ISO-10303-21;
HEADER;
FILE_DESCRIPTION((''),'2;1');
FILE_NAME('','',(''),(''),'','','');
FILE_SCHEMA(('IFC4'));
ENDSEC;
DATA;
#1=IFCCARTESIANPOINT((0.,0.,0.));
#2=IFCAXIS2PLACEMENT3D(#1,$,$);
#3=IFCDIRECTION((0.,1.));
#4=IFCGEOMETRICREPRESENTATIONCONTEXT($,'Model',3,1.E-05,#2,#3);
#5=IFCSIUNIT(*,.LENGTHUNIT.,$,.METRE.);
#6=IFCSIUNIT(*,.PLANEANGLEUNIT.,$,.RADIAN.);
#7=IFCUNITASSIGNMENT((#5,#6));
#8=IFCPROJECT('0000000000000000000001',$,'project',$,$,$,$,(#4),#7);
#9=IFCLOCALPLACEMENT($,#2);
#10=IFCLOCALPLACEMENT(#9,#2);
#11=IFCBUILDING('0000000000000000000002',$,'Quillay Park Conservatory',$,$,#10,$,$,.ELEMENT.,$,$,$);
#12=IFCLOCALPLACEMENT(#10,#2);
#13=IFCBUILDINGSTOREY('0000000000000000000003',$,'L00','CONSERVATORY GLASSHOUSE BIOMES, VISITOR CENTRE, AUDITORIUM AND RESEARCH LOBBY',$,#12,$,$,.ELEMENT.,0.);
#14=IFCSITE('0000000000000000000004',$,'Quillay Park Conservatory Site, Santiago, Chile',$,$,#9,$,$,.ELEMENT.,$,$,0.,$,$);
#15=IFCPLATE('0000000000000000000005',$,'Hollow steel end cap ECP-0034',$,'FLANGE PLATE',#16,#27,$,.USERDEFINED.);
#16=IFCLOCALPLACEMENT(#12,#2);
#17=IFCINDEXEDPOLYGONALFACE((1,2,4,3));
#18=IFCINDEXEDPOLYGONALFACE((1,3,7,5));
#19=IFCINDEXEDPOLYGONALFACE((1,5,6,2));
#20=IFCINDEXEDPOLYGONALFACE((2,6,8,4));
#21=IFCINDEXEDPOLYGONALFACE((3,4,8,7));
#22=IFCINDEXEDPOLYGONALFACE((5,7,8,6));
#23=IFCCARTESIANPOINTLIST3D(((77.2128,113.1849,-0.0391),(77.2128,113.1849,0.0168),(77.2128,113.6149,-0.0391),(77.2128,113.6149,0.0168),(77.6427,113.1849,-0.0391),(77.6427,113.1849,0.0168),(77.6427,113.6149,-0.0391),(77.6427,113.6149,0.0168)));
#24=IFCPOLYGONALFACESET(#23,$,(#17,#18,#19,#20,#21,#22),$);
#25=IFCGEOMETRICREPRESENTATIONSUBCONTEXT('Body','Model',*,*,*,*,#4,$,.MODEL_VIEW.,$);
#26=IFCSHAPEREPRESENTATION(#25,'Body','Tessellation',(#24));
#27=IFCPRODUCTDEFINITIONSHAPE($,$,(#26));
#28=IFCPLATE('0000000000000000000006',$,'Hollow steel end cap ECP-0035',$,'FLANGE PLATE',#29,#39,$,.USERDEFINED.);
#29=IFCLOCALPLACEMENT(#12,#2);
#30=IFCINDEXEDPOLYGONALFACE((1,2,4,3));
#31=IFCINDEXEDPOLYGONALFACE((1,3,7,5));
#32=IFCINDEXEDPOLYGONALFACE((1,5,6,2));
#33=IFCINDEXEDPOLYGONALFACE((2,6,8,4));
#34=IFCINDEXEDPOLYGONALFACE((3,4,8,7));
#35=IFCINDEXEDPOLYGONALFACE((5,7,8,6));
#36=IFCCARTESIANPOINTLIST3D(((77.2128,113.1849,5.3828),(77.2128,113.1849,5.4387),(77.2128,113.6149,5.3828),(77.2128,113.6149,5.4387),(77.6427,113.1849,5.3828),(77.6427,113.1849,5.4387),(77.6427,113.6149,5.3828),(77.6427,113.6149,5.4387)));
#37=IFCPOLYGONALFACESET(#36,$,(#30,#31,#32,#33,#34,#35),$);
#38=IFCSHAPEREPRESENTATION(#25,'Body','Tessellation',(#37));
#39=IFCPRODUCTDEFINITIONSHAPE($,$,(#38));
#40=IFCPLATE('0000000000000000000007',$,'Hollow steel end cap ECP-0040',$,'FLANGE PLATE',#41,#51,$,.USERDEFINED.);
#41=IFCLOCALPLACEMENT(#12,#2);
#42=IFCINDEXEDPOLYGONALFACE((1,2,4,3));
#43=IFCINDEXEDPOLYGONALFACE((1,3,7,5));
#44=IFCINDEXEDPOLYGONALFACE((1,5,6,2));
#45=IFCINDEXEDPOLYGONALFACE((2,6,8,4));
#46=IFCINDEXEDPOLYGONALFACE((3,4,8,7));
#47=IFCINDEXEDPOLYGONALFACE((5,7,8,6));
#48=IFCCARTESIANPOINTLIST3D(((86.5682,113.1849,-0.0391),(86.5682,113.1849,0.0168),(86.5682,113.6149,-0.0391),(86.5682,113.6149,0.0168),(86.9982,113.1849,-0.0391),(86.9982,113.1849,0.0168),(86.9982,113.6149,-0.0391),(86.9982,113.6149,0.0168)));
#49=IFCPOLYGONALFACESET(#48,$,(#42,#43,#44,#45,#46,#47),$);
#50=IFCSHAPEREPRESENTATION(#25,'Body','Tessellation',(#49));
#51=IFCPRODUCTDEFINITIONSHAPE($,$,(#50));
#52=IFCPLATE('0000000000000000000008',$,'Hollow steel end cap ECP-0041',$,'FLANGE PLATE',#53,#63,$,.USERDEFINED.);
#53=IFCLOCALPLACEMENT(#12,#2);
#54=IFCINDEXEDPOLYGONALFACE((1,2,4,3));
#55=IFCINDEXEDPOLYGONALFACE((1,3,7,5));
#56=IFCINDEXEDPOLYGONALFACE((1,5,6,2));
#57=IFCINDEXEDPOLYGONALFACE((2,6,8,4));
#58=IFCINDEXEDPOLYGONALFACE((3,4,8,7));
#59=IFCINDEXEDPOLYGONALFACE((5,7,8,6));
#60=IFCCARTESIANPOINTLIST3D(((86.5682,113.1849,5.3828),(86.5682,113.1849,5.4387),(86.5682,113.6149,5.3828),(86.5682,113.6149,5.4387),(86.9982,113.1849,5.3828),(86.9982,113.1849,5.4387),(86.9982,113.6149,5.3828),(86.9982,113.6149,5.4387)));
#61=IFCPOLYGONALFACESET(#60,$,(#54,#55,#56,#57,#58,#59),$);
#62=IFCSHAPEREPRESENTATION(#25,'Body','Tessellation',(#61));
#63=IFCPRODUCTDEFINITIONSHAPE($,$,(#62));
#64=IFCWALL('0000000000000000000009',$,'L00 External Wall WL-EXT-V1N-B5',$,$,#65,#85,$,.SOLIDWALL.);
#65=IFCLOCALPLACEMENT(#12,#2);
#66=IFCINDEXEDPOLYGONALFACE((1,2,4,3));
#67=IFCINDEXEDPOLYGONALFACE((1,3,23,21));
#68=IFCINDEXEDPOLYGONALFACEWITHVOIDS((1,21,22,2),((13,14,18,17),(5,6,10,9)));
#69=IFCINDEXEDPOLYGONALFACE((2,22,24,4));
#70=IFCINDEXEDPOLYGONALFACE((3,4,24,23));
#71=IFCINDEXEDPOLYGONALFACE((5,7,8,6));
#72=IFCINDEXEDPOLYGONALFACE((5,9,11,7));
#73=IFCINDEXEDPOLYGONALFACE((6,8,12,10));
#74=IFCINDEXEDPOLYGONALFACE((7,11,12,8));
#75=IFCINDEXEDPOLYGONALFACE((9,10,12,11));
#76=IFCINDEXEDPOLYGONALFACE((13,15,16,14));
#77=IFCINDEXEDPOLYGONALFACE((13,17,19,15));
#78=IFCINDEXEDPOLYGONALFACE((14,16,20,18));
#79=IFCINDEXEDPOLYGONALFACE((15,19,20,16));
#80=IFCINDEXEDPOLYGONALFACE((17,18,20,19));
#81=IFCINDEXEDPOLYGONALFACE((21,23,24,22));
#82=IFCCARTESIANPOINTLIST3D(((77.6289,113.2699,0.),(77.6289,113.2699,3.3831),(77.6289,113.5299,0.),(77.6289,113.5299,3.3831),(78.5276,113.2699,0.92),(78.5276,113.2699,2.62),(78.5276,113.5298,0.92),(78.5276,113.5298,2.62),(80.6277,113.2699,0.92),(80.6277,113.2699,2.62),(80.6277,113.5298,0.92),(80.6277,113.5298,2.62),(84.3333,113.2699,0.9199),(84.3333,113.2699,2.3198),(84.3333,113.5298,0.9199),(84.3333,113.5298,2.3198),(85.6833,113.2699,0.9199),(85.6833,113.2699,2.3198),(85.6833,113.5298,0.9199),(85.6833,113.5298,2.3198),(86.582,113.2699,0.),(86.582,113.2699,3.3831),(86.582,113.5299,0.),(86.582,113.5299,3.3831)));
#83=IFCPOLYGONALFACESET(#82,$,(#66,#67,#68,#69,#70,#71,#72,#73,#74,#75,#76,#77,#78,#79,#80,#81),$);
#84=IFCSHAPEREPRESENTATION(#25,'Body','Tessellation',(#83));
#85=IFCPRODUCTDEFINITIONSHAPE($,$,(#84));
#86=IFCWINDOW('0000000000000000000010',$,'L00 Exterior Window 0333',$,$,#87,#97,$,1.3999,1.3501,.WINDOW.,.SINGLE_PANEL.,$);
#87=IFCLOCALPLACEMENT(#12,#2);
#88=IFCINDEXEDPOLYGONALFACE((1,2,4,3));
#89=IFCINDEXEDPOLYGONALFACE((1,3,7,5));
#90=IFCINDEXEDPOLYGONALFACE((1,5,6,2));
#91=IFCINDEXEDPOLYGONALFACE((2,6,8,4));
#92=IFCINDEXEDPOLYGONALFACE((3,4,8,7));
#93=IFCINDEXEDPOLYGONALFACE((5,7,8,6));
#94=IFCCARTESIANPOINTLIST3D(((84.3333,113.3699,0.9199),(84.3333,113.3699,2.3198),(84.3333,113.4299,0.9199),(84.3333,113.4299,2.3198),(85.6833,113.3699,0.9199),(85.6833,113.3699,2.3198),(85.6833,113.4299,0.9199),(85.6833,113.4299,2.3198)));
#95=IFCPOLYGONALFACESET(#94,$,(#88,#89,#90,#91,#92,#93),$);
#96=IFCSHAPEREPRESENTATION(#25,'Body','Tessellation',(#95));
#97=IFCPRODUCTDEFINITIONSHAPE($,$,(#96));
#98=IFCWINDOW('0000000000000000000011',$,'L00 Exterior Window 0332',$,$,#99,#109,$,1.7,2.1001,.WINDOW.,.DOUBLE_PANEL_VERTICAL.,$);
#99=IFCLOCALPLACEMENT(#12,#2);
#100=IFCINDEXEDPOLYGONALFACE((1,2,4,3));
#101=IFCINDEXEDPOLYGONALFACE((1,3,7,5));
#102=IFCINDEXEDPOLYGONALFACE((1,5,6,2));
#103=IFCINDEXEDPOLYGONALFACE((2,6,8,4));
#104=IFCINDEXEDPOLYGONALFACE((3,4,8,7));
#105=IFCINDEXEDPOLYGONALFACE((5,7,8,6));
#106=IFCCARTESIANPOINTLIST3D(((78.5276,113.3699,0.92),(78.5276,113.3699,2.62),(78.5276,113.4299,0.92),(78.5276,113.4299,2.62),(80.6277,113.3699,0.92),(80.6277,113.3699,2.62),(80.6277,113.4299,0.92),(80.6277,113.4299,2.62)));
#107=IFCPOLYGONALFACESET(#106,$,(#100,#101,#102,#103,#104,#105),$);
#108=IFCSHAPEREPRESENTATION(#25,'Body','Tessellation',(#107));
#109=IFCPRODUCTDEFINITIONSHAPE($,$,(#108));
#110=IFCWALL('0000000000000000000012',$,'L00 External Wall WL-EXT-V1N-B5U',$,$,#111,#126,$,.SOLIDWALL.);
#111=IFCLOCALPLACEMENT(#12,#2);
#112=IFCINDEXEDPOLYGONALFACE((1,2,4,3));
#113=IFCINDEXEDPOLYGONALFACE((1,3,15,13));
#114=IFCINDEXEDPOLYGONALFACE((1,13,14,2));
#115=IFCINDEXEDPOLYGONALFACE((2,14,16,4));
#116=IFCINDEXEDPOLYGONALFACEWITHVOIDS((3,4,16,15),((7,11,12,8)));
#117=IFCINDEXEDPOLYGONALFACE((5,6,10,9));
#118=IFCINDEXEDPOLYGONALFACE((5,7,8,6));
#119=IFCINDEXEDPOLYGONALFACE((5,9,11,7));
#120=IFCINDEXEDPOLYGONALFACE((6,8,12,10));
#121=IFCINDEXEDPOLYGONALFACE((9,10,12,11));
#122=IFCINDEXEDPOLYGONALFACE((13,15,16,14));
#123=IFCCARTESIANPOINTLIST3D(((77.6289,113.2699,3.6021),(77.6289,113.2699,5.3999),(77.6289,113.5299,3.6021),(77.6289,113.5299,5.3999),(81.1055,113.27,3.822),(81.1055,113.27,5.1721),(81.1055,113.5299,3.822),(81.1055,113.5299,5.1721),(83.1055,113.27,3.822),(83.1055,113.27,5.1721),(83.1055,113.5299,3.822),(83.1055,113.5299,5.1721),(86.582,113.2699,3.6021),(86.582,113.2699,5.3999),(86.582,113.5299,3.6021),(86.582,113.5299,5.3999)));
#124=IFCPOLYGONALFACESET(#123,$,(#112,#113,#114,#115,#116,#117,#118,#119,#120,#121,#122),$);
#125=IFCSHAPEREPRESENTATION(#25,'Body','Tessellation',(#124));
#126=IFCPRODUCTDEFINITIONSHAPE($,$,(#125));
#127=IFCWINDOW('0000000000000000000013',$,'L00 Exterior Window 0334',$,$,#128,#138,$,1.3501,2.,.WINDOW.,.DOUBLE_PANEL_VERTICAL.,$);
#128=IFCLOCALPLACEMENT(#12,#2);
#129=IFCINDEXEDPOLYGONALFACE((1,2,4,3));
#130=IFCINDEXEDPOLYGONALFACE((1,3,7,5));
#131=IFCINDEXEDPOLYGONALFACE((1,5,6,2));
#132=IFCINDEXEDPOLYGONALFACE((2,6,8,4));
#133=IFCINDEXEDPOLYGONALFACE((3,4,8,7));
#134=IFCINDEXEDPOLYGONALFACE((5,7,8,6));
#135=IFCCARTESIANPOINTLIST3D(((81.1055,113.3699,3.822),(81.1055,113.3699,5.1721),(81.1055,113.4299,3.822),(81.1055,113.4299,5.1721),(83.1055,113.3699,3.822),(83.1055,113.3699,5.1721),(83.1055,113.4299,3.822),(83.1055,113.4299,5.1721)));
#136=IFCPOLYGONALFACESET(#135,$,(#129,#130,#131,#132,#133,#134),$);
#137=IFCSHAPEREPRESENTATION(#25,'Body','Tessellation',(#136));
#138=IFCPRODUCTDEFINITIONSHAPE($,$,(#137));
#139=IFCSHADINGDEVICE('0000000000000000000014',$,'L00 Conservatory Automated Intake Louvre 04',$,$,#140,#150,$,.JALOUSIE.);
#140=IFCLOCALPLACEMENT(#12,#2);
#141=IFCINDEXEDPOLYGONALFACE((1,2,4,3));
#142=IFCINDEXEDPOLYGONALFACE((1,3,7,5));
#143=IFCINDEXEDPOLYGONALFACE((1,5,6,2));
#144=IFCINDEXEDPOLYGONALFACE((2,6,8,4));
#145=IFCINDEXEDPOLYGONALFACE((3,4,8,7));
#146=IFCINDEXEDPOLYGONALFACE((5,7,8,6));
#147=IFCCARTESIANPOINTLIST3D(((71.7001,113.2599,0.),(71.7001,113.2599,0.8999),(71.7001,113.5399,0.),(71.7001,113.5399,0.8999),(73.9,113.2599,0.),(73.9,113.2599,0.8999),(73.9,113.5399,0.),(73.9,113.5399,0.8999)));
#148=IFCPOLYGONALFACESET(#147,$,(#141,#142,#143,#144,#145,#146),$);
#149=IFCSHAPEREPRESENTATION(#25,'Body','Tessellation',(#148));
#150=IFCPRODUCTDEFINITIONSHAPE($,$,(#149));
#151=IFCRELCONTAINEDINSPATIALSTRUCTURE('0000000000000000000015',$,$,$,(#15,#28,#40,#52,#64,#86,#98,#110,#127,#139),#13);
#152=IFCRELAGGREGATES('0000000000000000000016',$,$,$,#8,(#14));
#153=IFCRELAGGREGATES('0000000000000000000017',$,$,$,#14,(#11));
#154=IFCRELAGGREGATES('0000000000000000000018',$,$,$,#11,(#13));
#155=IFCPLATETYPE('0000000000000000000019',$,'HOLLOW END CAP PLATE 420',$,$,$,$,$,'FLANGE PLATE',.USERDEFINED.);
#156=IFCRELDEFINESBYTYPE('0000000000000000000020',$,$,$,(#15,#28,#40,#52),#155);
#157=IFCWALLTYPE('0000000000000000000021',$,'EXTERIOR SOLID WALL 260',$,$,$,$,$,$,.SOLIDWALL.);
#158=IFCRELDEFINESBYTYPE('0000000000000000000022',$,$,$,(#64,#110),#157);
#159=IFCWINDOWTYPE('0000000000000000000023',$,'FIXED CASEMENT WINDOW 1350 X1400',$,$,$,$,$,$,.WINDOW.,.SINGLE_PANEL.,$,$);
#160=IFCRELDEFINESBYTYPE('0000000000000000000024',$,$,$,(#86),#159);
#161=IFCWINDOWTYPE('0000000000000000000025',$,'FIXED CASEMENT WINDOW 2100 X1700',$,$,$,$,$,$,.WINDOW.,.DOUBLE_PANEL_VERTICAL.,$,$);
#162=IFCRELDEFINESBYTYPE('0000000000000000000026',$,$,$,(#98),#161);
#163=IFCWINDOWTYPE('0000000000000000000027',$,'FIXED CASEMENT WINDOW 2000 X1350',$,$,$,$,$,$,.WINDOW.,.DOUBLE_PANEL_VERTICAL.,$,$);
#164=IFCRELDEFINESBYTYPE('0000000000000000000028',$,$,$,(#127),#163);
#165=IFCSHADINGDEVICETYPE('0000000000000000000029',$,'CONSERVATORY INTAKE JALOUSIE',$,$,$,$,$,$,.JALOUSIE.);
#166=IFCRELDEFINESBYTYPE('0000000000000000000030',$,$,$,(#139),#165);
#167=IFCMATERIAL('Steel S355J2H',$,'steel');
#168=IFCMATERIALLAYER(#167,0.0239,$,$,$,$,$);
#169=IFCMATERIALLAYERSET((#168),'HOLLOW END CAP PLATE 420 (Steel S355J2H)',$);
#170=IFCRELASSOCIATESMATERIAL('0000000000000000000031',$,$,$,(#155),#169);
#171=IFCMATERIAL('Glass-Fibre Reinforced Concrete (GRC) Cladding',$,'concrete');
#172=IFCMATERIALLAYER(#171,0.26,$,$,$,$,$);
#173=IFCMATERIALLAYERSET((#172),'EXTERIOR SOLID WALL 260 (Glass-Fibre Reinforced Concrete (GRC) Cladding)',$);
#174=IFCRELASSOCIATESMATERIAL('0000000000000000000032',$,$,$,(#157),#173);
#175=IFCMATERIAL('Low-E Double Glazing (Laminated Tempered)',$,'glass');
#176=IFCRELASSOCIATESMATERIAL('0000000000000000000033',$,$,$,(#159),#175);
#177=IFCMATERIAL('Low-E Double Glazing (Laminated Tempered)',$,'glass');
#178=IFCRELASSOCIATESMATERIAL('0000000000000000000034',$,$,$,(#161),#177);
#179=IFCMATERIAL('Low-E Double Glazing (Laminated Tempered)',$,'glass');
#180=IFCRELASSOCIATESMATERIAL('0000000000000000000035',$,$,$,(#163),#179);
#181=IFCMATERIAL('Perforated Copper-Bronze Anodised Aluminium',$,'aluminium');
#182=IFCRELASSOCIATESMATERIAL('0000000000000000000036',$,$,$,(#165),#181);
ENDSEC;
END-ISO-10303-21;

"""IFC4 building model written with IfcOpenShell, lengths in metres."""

from ifc_helpers import new_model, si_unit, direction, frame, frame_2d, origin, origin_2d, place, context, subcontext, project, spatial, rectangle, extrude, material, layer, layer_set, type_object, element, fill, save


model = new_model("IFC4")

# Units and contexts
model_context = context("Model", 3, precision=1e-05, world=origin(), true_north=direction((0.0, 1.0)))
body_context = subcontext(model_context, "Body", "Model", "MODEL_VIEW")
ifc_project = project(units=[si_unit("LENGTHUNIT", "METRE"), si_unit("PLANEANGLEUNIT", "RADIAN")], contexts=[model_context])

# Site, building, storey
site_placement = place(None, origin())
site = spatial("IfcSite", under=ifc_project, at=site_placement, Name="Quillay Park Conservatory Site, Santiago, Chile", CompositionType="ELEMENT", RefElevation=0.0)
building_placement = place(site_placement, origin())
building = spatial("IfcBuilding", under=site, at=building_placement, Name="Quillay Park Conservatory", CompositionType="ELEMENT")
storey_placement = place(building_placement, origin())
storey = spatial("IfcBuildingStorey", under=building, at=storey_placement, Name="L00", Description="CONSERVATORY GLASSHOUSE BIOMES, VISITOR CENTRE, AUDITORIUM AND RESEARCH LOBBY", CompositionType="ELEMENT", Elevation=0.0)

# Plates
ifc_material_1 = material(Name="Steel S355J2H", Category="steel")
ifc_layer_1 = layer(ifc_material_1, 0.0239)
ifc_layer_set_1 = layer_set([ifc_layer_1], Name="HOLLOW END CAP PLATE 420 (Steel S355J2H)")
plate_type_1 = type_object("IfcPlateType", Name="HOLLOW END CAP PLATE 420", ElementType="FLANGE PLATE", PredefinedType="USERDEFINED", material=ifc_layer_set_1)
for number, where, z_axis, x_axis, name in (
    (1, (77.4277, 113.3999, -0.0391), (0.0, 0.0, 1.0), (1.0, 0.0, 0.0), "Hollow steel end cap ECP-0034"),
    (2, (77.4277, 113.3999, 5.3828), (0.0, 0.0, 1.0), (1.0, 0.0, 0.0), "Hollow steel end cap ECP-0035"),
    (3, (86.7832, 113.3999, -0.0391), (0.0, 0.0, 1.0), (1.0, 0.0, 0.0), "Hollow steel end cap ECP-0040"),
    (4, (86.7832, 113.3999, 5.3828), (0.0, 0.0, 1.0), (1.0, 0.0, 0.0), "Hollow steel end cap ECP-0041"),
):
    element("IfcPlate", number, at=place(storey_placement, frame(where, z_axis=z_axis, x_axis=x_axis)), inside=storey, type_object=plate_type_1, Name=name, ObjectType="FLANGE PLATE", PredefinedType="USERDEFINED", context=body_context, shape_type="SweptSolid", body=[
        extrude(rectangle(XDim=0.4299, YDim=0.4299, at=origin_2d()), origin(), (0.0, 0.0, 1.0), 0.0559),
    ])

# Wall, openings, windows
ifc_material_2 = material(Name="Glass-Fibre Reinforced Concrete (GRC) Cladding", Category="concrete")
ifc_layer_2 = layer(ifc_material_2, 0.26)
ifc_layer_set_2 = layer_set([ifc_layer_2], Name="EXTERIOR SOLID WALL 260 (Glass-Fibre Reinforced Concrete (GRC) Cladding)")
wall_type = type_object("IfcWallType", Name="EXTERIOR SOLID WALL 260", PredefinedType="SOLIDWALL", material=ifc_layer_set_2)
wall_1_placement = place(storey_placement, frame((77.6289, 113.3999, 0.0), z_axis=(0.0, 0.0, 1.0), x_axis=(1.0, 0.0, 0.0)))
wall_1 = element("IfcWall", 5, at=wall_1_placement, inside=storey, type_object=wall_type, Name="L00 External Wall WL-EXT-V1N-B5", PredefinedType="SOLIDWALL", context=body_context, shape_type="SweptSolid", body=[
    extrude(rectangle(XDim=8.9531, YDim=0.26, at=frame_2d((4.4766, 0.0))), origin(), (0.0, 0.0, 1.0), 3.3831),
])
opening_1_placement = place(wall_1_placement, frame((0.8987, 0.0, 0.9199)))
opening_1 = element("IfcOpeningElement", 6, at=opening_1_placement, cuts=wall_1, PredefinedType="OPENING", context=body_context, shape_type="SweptSolid", body=[
    extrude(rectangle(XDim=2.1001, YDim=1.7, at=frame_2d((1.05, 0.8501))), frame((0.0, 0.1299, 0.0), z_axis=(0.0, -1.0, 0.0), x_axis=(1.0, 0.0, 0.0)), (0.0, 0.0, 1.0), 0.26),
])
opening_2_placement = place(wall_1_placement, frame((6.7043, 0.0, 0.9199)))
opening_2 = element("IfcOpeningElement", 7, at=opening_2_placement, cuts=wall_1, PredefinedType="OPENING", context=body_context, shape_type="SweptSolid", body=[
    extrude(rectangle(XDim=1.3501, YDim=1.3999, at=frame_2d((0.675, 0.7))), frame((0.0, 0.1299, 0.0), z_axis=(0.0, -1.0, 0.0), x_axis=(1.0, 0.0, 0.0)), (0.0, 0.0, 1.0), 0.26),
])
ifc_material_3 = material(Name="Low-E Double Glazing (Laminated Tempered)", Category="glass")
window_type_1 = type_object("IfcWindowType", Name="FIXED CASEMENT WINDOW 1350 X1400", PartitioningType="SINGLE_PANEL", PredefinedType="WINDOW", material=ifc_material_3)
window_1_placement = place(opening_2_placement, origin())
window_1 = element("IfcWindow", 8, at=window_1_placement, inside=storey, type_object=window_type_1, Name="L00 Exterior Window 0333", OverallHeight=1.3999, OverallWidth=1.3501, PartitioningType="SINGLE_PANEL", PredefinedType="WINDOW", context=body_context, shape_type="SweptSolid", body=[
    extrude(rectangle(XDim=1.3501, YDim=1.3999, at=frame_2d((0.675, 0.7))), frame((0.0, 0.03, 0.0), z_axis=(0.0, -1.0, 0.0), x_axis=(1.0, 0.0, 0.0)), (0.0, 0.0, 1.0), 0.0601),
])
fill(opening_2, window_1)
ifc_material_4 = material(Name="Low-E Double Glazing (Laminated Tempered)", Category="glass")
window_type_2 = type_object("IfcWindowType", Name="FIXED CASEMENT WINDOW 2100 X1700", PartitioningType="DOUBLE_PANEL_VERTICAL", PredefinedType="WINDOW", material=ifc_material_4)
window_2_placement = place(opening_1_placement, origin())
window_2 = element("IfcWindow", 9, at=window_2_placement, inside=storey, type_object=window_type_2, Name="L00 Exterior Window 0332", OverallHeight=1.7, OverallWidth=2.1001, PartitioningType="DOUBLE_PANEL_VERTICAL", PredefinedType="WINDOW", context=body_context, shape_type="SweptSolid", body=[
    extrude(rectangle(XDim=2.1001, YDim=1.7, at=frame_2d((1.05, 0.8501))), frame((0.0, 0.03, 0.0), z_axis=(0.0, -1.0, 0.0), x_axis=(1.0, 0.0, 0.0)), (0.0, 0.0, 1.0), 0.0601),
])
fill(opening_1, window_2)

# Wall, opening, window
wall_2_placement = place(storey_placement, frame((86.582, 113.3999, 3.6021), z_axis=(0.0, 0.0, 1.0), x_axis=(-1.0, 0.0, 0.0)))
wall_2 = element("IfcWall", 10, at=wall_2_placement, inside=storey, type_object=wall_type, Name="L00 External Wall WL-EXT-V1N-B5U", PredefinedType="SOLIDWALL", context=body_context, shape_type="SweptSolid", body=[
    extrude(rectangle(XDim=8.9531, YDim=0.26, at=frame_2d((4.4766, 0.0))), origin(), (0.0, 0.0, 1.0), 1.7979),
])
opening_3_placement = place(wall_2_placement, frame((3.4766, 0.0, 0.22)))
opening_3 = element("IfcOpeningElement", 11, at=opening_3_placement, cuts=wall_2, PredefinedType="OPENING", context=body_context, shape_type="SweptSolid", body=[
    extrude(rectangle(XDim=2.0, YDim=1.3501, at=frame_2d((1.0, 0.675))), frame((0.0, 0.1299, 0.0), z_axis=(0.0, -1.0, 0.0), x_axis=(1.0, 0.0, 0.0)), (0.0, 0.0, 1.0), 0.26),
])
ifc_material_5 = material(Name="Low-E Double Glazing (Laminated Tempered)", Category="glass")
window_type_3 = type_object("IfcWindowType", Name="FIXED CASEMENT WINDOW 2000 X1350", PartitioningType="DOUBLE_PANEL_VERTICAL", PredefinedType="WINDOW", material=ifc_material_5)
window_3_placement = place(opening_3_placement, origin())
window_3 = element("IfcWindow", 12, at=window_3_placement, inside=storey, type_object=window_type_3, Name="L00 Exterior Window 0334", OverallHeight=1.3501, OverallWidth=2.0, PartitioningType="DOUBLE_PANEL_VERTICAL", PredefinedType="WINDOW", context=body_context, shape_type="SweptSolid", body=[
    extrude(rectangle(XDim=2.0, YDim=1.3501, at=frame_2d((1.0, 0.675))), frame((0.0, 0.03, 0.0), z_axis=(0.0, -1.0, 0.0), x_axis=(1.0, 0.0, 0.0)), (0.0, 0.0, 1.0), 0.0601),
])
fill(opening_3, window_3)

# Shading device
ifc_material_6 = material(Name="Perforated Copper-Bronze Anodised Aluminium", Category="aluminium")
shading_device_type = type_object("IfcShadingDeviceType", Name="CONSERVATORY INTAKE JALOUSIE", PredefinedType="JALOUSIE", material=ifc_material_6)
shading_device_placement = place(storey_placement, frame((72.8, 113.3999, 0.0), z_axis=(0.0, 0.0, 1.0), x_axis=(1.0, 0.0, 0.0)))
element("IfcShadingDevice", 13, at=shading_device_placement, inside=storey, type_object=shading_device_type, Name="L00 Conservatory Automated Intake Louvre 04", PredefinedType="JALOUSIE", context=body_context, shape_type="SweptSolid", body=[
    extrude(rectangle(XDim=2.2, YDim=0.28, at=origin_2d()), origin(), (0.0, 0.0, 1.0), 0.8999),
])

save(model, "model.ifc")
